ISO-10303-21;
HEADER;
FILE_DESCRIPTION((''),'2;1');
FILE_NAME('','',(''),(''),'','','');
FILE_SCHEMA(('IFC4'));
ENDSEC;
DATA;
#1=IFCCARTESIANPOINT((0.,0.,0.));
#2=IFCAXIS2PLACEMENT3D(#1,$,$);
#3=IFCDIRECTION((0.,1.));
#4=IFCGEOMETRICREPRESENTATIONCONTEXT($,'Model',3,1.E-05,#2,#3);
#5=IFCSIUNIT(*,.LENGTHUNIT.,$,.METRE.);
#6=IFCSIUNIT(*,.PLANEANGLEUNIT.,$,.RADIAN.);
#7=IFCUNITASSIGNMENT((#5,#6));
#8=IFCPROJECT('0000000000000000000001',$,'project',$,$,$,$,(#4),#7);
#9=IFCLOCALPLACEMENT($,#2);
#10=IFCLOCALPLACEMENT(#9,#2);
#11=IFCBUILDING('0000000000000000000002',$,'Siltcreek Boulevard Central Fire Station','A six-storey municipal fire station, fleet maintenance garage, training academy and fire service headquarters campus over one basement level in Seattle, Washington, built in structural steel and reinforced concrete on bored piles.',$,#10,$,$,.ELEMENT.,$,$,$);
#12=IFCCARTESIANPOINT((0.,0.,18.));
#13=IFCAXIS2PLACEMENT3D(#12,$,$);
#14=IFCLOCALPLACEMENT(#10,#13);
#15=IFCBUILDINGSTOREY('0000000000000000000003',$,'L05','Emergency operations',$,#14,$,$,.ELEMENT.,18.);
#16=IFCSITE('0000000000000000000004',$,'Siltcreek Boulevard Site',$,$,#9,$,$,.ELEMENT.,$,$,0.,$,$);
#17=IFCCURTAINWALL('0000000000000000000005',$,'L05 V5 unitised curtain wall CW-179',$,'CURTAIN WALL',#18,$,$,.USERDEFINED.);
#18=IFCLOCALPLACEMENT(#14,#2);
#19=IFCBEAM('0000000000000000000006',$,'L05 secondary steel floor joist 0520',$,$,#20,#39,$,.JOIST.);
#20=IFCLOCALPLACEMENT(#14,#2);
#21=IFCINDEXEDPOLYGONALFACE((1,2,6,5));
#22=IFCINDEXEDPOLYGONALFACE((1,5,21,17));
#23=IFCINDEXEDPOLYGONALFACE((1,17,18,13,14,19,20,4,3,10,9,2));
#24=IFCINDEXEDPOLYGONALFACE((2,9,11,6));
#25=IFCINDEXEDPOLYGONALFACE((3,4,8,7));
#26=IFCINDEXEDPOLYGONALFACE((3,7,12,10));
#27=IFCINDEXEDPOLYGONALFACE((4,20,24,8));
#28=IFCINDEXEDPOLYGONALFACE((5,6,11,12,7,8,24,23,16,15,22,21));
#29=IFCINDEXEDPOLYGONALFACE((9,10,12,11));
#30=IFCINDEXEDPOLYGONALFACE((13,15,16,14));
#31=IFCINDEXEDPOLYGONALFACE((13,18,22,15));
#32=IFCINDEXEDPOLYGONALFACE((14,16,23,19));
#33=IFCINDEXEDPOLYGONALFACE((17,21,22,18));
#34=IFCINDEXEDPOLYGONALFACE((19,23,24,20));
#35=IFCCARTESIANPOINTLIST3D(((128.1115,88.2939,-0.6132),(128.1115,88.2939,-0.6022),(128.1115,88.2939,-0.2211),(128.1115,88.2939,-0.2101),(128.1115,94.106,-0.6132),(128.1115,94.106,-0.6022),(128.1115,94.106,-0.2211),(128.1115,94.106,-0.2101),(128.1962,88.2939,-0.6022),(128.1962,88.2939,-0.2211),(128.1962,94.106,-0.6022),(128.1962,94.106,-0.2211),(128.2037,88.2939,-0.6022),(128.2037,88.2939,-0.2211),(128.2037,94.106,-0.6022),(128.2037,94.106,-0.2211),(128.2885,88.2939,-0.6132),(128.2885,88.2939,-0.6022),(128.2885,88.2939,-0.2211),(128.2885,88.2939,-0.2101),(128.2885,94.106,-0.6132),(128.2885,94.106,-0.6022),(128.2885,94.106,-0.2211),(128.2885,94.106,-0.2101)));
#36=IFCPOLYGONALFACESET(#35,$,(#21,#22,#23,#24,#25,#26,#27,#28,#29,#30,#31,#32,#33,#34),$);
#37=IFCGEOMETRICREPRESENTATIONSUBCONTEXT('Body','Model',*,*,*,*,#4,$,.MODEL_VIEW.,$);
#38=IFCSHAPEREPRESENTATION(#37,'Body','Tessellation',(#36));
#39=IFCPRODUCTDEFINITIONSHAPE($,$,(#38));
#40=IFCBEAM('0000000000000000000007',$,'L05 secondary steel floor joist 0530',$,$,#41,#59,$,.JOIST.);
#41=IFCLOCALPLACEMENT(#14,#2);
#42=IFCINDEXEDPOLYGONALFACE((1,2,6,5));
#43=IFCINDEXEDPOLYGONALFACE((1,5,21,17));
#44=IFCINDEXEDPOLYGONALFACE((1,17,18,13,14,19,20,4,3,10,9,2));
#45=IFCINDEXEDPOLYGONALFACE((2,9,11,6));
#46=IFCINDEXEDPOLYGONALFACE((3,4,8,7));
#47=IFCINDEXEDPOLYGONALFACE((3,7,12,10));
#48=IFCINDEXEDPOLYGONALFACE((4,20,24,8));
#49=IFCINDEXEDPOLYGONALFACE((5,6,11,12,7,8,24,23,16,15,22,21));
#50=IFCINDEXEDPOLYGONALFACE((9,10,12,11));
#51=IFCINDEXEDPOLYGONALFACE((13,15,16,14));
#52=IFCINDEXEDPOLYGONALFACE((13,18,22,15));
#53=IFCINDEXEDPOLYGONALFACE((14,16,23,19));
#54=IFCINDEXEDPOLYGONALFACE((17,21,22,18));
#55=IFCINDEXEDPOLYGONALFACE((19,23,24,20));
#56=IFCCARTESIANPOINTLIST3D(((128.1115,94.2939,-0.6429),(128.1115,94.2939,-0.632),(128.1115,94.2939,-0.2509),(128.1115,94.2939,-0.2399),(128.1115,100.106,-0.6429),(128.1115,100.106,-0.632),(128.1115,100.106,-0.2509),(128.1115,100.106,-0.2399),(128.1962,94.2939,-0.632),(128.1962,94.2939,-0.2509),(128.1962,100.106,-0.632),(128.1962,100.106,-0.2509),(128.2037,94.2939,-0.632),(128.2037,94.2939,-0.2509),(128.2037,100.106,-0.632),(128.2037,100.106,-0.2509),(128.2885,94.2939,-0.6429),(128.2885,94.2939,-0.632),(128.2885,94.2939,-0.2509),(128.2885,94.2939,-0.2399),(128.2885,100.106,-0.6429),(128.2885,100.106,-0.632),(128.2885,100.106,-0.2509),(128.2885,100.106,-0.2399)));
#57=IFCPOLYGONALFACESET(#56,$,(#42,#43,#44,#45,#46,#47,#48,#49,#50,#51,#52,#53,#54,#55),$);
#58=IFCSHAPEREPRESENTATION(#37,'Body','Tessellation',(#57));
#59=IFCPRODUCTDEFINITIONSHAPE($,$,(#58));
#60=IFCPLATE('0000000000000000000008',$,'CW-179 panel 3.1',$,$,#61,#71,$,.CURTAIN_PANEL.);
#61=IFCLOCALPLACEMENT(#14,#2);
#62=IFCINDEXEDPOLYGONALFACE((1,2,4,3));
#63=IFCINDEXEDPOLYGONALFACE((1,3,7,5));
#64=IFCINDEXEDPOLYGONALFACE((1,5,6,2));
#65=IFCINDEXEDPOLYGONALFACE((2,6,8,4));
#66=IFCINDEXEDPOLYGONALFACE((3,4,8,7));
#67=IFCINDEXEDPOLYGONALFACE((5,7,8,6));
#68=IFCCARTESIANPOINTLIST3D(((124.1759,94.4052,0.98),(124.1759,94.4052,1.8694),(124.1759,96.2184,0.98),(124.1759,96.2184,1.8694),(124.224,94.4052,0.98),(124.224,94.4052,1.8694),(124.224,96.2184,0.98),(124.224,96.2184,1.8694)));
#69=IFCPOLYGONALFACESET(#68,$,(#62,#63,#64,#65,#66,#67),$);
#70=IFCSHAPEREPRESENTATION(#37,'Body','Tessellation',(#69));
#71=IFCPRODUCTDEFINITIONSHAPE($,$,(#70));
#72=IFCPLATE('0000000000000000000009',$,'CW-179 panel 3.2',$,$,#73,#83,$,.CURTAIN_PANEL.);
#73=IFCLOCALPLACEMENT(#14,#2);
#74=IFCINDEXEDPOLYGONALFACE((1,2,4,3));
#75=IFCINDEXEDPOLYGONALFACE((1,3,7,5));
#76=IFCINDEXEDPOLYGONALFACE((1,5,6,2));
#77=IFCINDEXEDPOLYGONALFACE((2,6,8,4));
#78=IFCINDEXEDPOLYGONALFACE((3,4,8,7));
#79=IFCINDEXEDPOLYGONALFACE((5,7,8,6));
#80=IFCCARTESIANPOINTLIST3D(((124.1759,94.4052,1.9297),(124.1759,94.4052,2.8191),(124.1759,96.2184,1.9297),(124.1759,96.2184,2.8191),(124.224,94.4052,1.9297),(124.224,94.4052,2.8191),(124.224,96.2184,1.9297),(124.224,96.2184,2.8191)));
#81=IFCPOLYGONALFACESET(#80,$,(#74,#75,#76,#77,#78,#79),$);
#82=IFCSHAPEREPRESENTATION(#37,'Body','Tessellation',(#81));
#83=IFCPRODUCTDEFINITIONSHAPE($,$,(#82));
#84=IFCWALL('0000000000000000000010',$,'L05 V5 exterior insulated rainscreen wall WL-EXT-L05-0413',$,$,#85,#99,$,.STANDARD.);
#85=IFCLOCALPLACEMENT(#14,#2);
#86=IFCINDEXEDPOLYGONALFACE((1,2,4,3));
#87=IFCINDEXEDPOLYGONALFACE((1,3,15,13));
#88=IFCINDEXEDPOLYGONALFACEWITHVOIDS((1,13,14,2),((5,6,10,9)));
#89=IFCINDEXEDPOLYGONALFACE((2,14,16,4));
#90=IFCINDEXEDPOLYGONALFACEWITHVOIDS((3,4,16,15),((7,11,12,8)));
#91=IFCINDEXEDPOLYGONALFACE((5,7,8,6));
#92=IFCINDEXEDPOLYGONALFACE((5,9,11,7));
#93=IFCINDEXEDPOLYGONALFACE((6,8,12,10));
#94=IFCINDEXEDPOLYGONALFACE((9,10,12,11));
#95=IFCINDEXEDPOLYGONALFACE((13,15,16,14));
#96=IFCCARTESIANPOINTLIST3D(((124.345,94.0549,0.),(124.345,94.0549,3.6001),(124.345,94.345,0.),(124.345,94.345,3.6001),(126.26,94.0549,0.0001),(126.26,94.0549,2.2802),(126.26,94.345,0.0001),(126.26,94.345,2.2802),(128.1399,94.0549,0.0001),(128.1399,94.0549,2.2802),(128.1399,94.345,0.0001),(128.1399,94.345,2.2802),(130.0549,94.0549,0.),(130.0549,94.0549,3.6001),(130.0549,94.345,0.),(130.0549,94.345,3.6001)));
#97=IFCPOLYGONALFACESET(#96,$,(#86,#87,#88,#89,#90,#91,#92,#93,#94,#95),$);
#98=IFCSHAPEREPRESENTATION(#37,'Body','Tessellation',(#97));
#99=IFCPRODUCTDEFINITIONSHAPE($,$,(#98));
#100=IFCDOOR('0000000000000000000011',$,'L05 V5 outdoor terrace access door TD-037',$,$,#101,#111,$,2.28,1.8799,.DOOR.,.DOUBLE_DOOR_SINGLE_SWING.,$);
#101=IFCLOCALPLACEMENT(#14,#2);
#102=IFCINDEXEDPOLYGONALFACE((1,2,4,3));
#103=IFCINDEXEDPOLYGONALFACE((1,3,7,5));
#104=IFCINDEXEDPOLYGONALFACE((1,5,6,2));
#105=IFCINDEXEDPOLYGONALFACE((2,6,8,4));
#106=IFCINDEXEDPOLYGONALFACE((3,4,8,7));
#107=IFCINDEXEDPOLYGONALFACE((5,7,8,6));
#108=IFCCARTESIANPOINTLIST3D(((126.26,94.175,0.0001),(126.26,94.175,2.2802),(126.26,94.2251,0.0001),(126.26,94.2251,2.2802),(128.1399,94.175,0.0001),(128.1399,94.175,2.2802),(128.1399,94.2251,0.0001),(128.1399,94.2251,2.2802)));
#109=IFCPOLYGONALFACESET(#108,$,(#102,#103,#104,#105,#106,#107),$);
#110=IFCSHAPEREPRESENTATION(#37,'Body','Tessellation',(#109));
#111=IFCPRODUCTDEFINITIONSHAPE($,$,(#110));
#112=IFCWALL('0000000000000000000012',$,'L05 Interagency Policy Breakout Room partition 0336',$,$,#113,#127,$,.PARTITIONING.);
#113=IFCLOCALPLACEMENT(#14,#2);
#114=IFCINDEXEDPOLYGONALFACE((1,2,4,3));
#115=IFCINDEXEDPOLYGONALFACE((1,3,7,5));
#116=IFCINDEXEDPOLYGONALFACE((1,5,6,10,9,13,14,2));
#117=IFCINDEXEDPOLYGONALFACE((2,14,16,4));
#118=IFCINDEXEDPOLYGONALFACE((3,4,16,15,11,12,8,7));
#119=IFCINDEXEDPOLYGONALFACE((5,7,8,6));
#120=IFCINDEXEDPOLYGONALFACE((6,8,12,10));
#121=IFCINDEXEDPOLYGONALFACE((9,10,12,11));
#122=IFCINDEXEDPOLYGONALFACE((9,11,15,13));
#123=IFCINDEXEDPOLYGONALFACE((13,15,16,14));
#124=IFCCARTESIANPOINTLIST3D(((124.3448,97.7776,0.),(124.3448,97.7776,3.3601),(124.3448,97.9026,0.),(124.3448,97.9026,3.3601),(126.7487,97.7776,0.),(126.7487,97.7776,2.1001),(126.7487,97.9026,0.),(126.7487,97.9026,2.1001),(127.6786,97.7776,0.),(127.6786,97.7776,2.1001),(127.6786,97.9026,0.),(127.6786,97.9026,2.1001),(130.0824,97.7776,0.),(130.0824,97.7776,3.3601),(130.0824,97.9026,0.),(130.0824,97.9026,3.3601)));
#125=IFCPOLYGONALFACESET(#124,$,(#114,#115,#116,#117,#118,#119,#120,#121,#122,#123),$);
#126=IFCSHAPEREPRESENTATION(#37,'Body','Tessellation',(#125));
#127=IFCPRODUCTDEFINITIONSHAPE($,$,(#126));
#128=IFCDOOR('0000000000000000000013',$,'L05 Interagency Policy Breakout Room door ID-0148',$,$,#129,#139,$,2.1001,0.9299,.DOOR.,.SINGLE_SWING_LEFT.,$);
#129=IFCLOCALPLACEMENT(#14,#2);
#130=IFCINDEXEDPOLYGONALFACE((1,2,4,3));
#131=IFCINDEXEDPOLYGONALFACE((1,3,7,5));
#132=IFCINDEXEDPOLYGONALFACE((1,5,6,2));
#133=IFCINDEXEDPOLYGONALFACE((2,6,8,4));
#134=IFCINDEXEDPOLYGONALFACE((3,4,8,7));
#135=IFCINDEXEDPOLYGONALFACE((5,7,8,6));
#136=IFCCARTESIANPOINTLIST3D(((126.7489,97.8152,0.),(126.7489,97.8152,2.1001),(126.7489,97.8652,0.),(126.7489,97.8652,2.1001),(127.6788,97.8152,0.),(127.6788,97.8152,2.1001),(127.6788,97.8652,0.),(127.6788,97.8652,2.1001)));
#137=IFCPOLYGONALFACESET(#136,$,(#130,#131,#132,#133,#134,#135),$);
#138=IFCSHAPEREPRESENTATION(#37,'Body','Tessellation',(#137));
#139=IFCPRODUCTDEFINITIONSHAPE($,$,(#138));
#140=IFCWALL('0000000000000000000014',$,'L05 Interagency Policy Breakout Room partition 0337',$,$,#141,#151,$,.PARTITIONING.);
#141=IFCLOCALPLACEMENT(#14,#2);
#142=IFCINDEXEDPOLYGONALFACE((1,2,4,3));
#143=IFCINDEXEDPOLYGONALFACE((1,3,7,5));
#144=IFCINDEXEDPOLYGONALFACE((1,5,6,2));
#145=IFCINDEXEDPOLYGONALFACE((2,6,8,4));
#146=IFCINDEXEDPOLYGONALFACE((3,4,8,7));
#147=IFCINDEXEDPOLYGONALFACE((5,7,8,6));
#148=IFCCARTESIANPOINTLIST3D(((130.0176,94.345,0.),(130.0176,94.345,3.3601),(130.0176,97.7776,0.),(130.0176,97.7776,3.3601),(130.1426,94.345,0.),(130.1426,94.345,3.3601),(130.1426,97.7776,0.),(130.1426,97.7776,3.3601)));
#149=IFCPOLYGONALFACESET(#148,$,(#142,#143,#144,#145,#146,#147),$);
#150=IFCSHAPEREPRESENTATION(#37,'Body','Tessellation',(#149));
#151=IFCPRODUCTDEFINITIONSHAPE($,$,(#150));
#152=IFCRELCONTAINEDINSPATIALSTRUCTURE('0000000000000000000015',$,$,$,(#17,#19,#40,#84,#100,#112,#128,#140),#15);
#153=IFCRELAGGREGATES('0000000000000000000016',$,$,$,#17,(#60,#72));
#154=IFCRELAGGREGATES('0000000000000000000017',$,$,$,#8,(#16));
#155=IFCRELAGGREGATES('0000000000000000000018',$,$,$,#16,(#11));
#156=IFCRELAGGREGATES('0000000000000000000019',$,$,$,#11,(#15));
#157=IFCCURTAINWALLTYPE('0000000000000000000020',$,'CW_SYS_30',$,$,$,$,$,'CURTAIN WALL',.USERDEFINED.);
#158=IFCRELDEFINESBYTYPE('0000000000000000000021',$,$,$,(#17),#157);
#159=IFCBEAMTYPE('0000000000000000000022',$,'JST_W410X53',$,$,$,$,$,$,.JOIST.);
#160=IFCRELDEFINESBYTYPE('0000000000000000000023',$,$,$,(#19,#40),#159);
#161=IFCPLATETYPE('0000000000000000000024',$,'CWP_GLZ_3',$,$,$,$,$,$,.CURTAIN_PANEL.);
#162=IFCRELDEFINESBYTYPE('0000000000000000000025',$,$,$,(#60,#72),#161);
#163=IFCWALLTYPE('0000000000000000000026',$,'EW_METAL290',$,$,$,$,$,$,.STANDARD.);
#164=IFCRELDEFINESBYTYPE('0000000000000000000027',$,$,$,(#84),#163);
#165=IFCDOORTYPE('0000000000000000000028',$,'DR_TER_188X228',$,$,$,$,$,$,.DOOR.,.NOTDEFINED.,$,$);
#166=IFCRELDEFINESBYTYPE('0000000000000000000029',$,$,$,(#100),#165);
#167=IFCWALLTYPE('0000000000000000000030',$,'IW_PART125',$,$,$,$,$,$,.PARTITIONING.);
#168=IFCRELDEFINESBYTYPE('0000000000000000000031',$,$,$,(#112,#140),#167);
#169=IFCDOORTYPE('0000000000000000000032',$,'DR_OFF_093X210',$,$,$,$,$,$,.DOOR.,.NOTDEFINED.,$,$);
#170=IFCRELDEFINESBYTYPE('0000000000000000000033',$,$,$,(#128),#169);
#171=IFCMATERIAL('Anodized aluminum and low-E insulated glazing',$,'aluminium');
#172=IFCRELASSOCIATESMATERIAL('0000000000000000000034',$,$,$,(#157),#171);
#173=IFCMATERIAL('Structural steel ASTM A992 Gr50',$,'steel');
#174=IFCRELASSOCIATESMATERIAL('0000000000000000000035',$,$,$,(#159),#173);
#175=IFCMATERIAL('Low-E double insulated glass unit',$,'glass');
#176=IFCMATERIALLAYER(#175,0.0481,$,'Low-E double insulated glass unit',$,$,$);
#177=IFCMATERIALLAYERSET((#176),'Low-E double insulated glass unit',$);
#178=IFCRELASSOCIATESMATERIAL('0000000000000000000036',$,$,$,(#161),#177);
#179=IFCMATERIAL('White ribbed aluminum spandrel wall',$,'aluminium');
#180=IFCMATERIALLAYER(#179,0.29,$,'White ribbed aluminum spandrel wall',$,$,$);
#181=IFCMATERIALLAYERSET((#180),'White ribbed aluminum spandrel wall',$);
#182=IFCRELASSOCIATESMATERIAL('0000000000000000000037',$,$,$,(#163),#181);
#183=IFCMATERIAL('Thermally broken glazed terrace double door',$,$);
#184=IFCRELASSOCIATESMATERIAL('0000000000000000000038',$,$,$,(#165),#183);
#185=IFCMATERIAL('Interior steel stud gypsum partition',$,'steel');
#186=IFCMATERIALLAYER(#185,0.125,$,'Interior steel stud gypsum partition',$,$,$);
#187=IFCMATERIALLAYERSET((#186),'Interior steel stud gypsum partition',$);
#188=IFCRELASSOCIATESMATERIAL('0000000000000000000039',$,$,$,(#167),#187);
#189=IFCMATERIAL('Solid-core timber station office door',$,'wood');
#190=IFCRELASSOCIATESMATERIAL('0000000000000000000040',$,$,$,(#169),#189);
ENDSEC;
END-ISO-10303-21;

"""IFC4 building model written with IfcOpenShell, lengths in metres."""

from ifc_helpers import new_model, si_unit, direction, frame, frame_2d, origin, origin_2d, place, context, subcontext, project, spatial, rectangle, i_section, extrude, material, layer, layer_set, material_profile, profile_set, type_object, element, fill, aggregate, save


model = new_model("IFC4")

# Units and contexts
model_context = context("Model", 3, precision=1e-05, world=origin(), true_north=direction((0.0, 1.0)))
body_context = subcontext(model_context, "Body", "Model", "MODEL_VIEW")
ifc_project = project(units=[si_unit("LENGTHUNIT", "METRE"), si_unit("PLANEANGLEUNIT", "RADIAN")], contexts=[model_context])

# Site, building, storey
site_placement = place(None, origin())
site = spatial("IfcSite", under=ifc_project, at=site_placement, Name="Siltcreek Boulevard Site", CompositionType="ELEMENT", RefElevation=0.0)
building_placement = place(site_placement, origin())
building = spatial("IfcBuilding", under=site, at=building_placement, Name="Siltcreek Boulevard Central Fire Station", Description="A six-storey municipal fire station, fleet maintenance garage, training academy and fire service headquarters campus over one basement level in Seattle, Washington, built in structural steel and reinforced concrete on bored piles.", CompositionType="ELEMENT")
storey_placement = place(building_placement, frame((0.0, 0.0, 18.0)))
storey = spatial("IfcBuildingStorey", under=building, at=storey_placement, Name="L05", Description="Emergency operations", CompositionType="ELEMENT", Elevation=18.0)

# Shared definitions
ifc_material_1 = material(Name="Structural steel ASTM A992 Gr50", Category="steel")

# Curtain wall
ifc_material_2 = material(Name="Anodized aluminum and low-E insulated glazing", Category="aluminium")
curtain_wall_type = type_object("IfcCurtainWallType", Name="CW_SYS_30", ElementType="CURTAIN WALL", PredefinedType="USERDEFINED", material=ifc_material_2)
curtain_wall_placement = place(storey_placement, origin())
curtain_wall = element("IfcCurtainWall", 1, at=curtain_wall_placement, inside=storey, type_object=curtain_wall_type, Name="L05 V5 unitised curtain wall CW-179", ObjectType="CURTAIN WALL", PredefinedType="USERDEFINED")

# Beams
ifc_material_profile_1 = material_profile(ifc_material_1, i_section(OverallWidth=0.177, OverallDepth=0.4031, WebThickness=0.0076, FlangeThickness=0.011, at=origin_2d()), Name="W410X53")
ifc_profile_set_1 = profile_set([ifc_material_profile_1], Name="Structural steel ASTM A992 Gr50")
beam_type_1 = type_object("IfcBeamType", Name="JST_W410X53", PredefinedType="JOIST", material=ifc_profile_set_1)
for number, where, z_axis, x_axis, name in (
    (2, (128.2, 88.2939, -0.4116), (0.0, 1.0, 0.0), (-1.0, 0.0, 0.0), "L05 secondary steel floor joist 0520"),
    (3, (128.2, 94.2939, -0.4414), (0.0, 1.0, 0.0), (-1.0, 0.0, 0.0), "L05 secondary steel floor joist 0530"),
):
    element("IfcBeam", number, at=place(storey_placement, frame(where, z_axis=z_axis, x_axis=x_axis)), inside=storey, type_object=beam_type_1, Name=name, PredefinedType="JOIST", context=body_context, shape_type="SweptSolid", body=[
        extrude(i_section(OverallWidth=0.177, OverallDepth=0.4031, WebThickness=0.0076, FlangeThickness=0.011, at=origin_2d()), origin(), (0.0, 0.0, 1.0), 5.812),
    ])

# Plates
ifc_material_3 = material(Name="Low-E double insulated glass unit", Category="glass")
ifc_layer_1 = layer(ifc_material_3, 0.0481, Name="Low-E double insulated glass unit")
ifc_layer_set_1 = layer_set([ifc_layer_1], Name="Low-E double insulated glass unit")
plate_type = type_object("IfcPlateType", Name="CWP_GLZ_3", PredefinedType="CURTAIN_PANEL", material=ifc_layer_set_1)
plate_1_placement = place(storey_placement, frame((124.2, 95.3118, 0.98), z_axis=(0.0, 0.0, 1.0), x_axis=(0.0, -1.0, 0.0)))
plate_1 = element("IfcPlate", 4, at=plate_1_placement, type_object=plate_type, Name="CW-179 panel 3.1", PredefinedType="CURTAIN_PANEL", context=body_context, shape_type="SweptSolid", body=[
    extrude(rectangle(XDim=1.8132, YDim=0.0481, at=origin_2d()), origin(), (0.0, 0.0, 1.0), 0.8894),
])
plate_2_placement = place(storey_placement, frame((124.2, 95.3118, 1.9297), z_axis=(0.0, 0.0, 1.0), x_axis=(0.0, -1.0, 0.0)))
plate_2 = element("IfcPlate", 5, at=plate_2_placement, type_object=plate_type, Name="CW-179 panel 3.2", PredefinedType="CURTAIN_PANEL", context=body_context, shape_type="SweptSolid", body=[
    extrude(rectangle(XDim=1.8132, YDim=0.0481, at=origin_2d()), origin(), (0.0, 0.0, 1.0), 0.8894),
])
aggregate(curtain_wall, [plate_1, plate_2])

# Walls, openings, doors
ifc_material_4 = material(Name="White ribbed aluminum spandrel wall", Category="aluminium")
ifc_layer_2 = layer(ifc_material_4, 0.29, Name="White ribbed aluminum spandrel wall")
ifc_layer_set_2 = layer_set([ifc_layer_2], Name="White ribbed aluminum spandrel wall")
wall_type_1 = type_object("IfcWallType", Name="EW_METAL290", PredefinedType="STANDARD", material=ifc_layer_set_2)
wall_1_placement = place(storey_placement, frame((124.345, 94.2, 0.0), z_axis=(0.0, 0.0, 1.0), x_axis=(1.0, 0.0, 0.0)))
wall_1 = element("IfcWall", 6, at=wall_1_placement, inside=storey, type_object=wall_type_1, Name="L05 V5 exterior insulated rainscreen wall WL-EXT-L05-0413", PredefinedType="STANDARD", context=body_context, shape_type="SweptSolid", body=[
    extrude(rectangle(XDim=5.71, YDim=0.29, at=frame_2d((2.855, 0.0))), origin(), (0.0, 0.0, 1.0), 3.6001),
])
opening_1_placement = place(wall_1_placement, frame((1.915, 0.0, 0.0)))
opening_1 = element("IfcOpeningElement", 7, at=opening_1_placement, cuts=wall_1, PredefinedType="OPENING", context=body_context, shape_type="SweptSolid", body=[
    extrude(rectangle(XDim=1.8799, YDim=2.28, at=frame_2d((0.9399, 1.1401))), frame((0.0, 0.155, 0.0), z_axis=(0.0, -1.0, 0.0), x_axis=(1.0, 0.0, 0.0)), (0.0, 0.0, 1.0), 0.3101),
])
ifc_material_5 = material(Name="Thermally broken glazed terrace double door")
door_type_1 = type_object("IfcDoorType", Name="DR_TER_188X228", OperationType="NOTDEFINED", PredefinedType="DOOR", material=ifc_material_5)
door_1_placement = place(opening_1_placement, frame((1.8799, 0.0, 0.0), z_axis=(0.0, 0.0, 1.0), x_axis=(-1.0, 0.0, 0.0)))
door_1 = element("IfcDoor", 8, at=door_1_placement, inside=storey, type_object=door_type_1, Name="L05 V5 outdoor terrace access door TD-037", OperationType="DOUBLE_DOOR_SINGLE_SWING", OverallHeight=2.28, OverallWidth=1.8799, PredefinedType="DOOR", context=body_context, shape_type="SweptSolid", body=[
    extrude(rectangle(XDim=1.8799, YDim=2.28, at=frame_2d((0.9399, 1.1401))), frame((0.0, 0.0249, 0.0), z_axis=(0.0, -1.0, 0.0), x_axis=(1.0, 0.0, 0.0)), (0.0, 0.0, 1.0), 0.05),
])
fill(opening_1, door_1)
ifc_material_6 = material(Name="Interior steel stud gypsum partition", Category="steel")
ifc_layer_3 = layer(ifc_material_6, 0.125, Name="Interior steel stud gypsum partition")
ifc_layer_set_3 = layer_set([ifc_layer_3], Name="Interior steel stud gypsum partition")
wall_type_2 = type_object("IfcWallType", Name="IW_PART125", PredefinedType="PARTITIONING", material=ifc_layer_set_3)
wall_2_placement = place(storey_placement, frame((124.345, 97.8401, 0.0), z_axis=(0.0, 0.0, 1.0), x_axis=(1.0, 0.0, 0.0)))
wall_2 = element("IfcWall", 9, at=wall_2_placement, inside=storey, type_object=wall_type_2, Name="L05 Interagency Policy Breakout Room partition 0336", PredefinedType="PARTITIONING", context=body_context, shape_type="SweptSolid", body=[
    extrude(rectangle(XDim=5.7375, YDim=0.125, at=frame_2d((2.8687, 0.0))), origin(), (0.0, 0.0, 1.0), 3.3601),
])
opening_2_placement = place(wall_2_placement, frame((2.4038, 0.0, 0.0)))
opening_2 = element("IfcOpeningElement", 10, at=opening_2_placement, cuts=wall_2, PredefinedType="OPENING", context=body_context, shape_type="SweptSolid", body=[
    extrude(rectangle(XDim=0.9299, YDim=2.1001, at=frame_2d((0.4648, 1.05))), frame((0.0, 0.0725, 0.0), z_axis=(0.0, -1.0, 0.0), x_axis=(1.0, 0.0, 0.0)), (0.0, 0.0, 1.0), 0.145),
])
ifc_material_7 = material(Name="Solid-core timber station office door", Category="wood")
door_type_2 = type_object("IfcDoorType", Name="DR_OFF_093X210", OperationType="NOTDEFINED", PredefinedType="DOOR", material=ifc_material_7)
door_2_placement = place(opening_2_placement, frame((0.9299, 0.0, 0.0), z_axis=(0.0, 0.0, 1.0), x_axis=(-1.0, 0.0, 0.0)))
door_2 = element("IfcDoor", 11, at=door_2_placement, inside=storey, type_object=door_type_2, Name="L05 Interagency Policy Breakout Room door ID-0148", OperationType="SINGLE_SWING_LEFT", OverallHeight=2.1001, OverallWidth=0.9299, PredefinedType="DOOR", context=body_context, shape_type="SweptSolid", body=[
    extrude(rectangle(XDim=0.9299, YDim=2.1001, at=frame_2d((0.4648, 1.05))), frame((0.0, 0.0249, 0.0), z_axis=(0.0, -1.0, 0.0), x_axis=(1.0, 0.0, 0.0)), (0.0, 0.0, 1.0), 0.05),
])
fill(opening_2, door_2)

# Wall
wall_3_placement = place(storey_placement, frame((130.0801, 97.7776, 0.0), z_axis=(0.0, 0.0, 1.0), x_axis=(0.0, -1.0, 0.0)))
element("IfcWall", 12, at=wall_3_placement, inside=storey, type_object=wall_type_2, Name="L05 Interagency Policy Breakout Room partition 0337", PredefinedType="PARTITIONING", context=body_context, shape_type="SweptSolid", body=[
    extrude(rectangle(XDim=3.4326, YDim=0.125, at=frame_2d((1.7163, 0.0))), origin(), (0.0, 0.0, 1.0), 3.3601),
])

save(model, "model.ifc")
